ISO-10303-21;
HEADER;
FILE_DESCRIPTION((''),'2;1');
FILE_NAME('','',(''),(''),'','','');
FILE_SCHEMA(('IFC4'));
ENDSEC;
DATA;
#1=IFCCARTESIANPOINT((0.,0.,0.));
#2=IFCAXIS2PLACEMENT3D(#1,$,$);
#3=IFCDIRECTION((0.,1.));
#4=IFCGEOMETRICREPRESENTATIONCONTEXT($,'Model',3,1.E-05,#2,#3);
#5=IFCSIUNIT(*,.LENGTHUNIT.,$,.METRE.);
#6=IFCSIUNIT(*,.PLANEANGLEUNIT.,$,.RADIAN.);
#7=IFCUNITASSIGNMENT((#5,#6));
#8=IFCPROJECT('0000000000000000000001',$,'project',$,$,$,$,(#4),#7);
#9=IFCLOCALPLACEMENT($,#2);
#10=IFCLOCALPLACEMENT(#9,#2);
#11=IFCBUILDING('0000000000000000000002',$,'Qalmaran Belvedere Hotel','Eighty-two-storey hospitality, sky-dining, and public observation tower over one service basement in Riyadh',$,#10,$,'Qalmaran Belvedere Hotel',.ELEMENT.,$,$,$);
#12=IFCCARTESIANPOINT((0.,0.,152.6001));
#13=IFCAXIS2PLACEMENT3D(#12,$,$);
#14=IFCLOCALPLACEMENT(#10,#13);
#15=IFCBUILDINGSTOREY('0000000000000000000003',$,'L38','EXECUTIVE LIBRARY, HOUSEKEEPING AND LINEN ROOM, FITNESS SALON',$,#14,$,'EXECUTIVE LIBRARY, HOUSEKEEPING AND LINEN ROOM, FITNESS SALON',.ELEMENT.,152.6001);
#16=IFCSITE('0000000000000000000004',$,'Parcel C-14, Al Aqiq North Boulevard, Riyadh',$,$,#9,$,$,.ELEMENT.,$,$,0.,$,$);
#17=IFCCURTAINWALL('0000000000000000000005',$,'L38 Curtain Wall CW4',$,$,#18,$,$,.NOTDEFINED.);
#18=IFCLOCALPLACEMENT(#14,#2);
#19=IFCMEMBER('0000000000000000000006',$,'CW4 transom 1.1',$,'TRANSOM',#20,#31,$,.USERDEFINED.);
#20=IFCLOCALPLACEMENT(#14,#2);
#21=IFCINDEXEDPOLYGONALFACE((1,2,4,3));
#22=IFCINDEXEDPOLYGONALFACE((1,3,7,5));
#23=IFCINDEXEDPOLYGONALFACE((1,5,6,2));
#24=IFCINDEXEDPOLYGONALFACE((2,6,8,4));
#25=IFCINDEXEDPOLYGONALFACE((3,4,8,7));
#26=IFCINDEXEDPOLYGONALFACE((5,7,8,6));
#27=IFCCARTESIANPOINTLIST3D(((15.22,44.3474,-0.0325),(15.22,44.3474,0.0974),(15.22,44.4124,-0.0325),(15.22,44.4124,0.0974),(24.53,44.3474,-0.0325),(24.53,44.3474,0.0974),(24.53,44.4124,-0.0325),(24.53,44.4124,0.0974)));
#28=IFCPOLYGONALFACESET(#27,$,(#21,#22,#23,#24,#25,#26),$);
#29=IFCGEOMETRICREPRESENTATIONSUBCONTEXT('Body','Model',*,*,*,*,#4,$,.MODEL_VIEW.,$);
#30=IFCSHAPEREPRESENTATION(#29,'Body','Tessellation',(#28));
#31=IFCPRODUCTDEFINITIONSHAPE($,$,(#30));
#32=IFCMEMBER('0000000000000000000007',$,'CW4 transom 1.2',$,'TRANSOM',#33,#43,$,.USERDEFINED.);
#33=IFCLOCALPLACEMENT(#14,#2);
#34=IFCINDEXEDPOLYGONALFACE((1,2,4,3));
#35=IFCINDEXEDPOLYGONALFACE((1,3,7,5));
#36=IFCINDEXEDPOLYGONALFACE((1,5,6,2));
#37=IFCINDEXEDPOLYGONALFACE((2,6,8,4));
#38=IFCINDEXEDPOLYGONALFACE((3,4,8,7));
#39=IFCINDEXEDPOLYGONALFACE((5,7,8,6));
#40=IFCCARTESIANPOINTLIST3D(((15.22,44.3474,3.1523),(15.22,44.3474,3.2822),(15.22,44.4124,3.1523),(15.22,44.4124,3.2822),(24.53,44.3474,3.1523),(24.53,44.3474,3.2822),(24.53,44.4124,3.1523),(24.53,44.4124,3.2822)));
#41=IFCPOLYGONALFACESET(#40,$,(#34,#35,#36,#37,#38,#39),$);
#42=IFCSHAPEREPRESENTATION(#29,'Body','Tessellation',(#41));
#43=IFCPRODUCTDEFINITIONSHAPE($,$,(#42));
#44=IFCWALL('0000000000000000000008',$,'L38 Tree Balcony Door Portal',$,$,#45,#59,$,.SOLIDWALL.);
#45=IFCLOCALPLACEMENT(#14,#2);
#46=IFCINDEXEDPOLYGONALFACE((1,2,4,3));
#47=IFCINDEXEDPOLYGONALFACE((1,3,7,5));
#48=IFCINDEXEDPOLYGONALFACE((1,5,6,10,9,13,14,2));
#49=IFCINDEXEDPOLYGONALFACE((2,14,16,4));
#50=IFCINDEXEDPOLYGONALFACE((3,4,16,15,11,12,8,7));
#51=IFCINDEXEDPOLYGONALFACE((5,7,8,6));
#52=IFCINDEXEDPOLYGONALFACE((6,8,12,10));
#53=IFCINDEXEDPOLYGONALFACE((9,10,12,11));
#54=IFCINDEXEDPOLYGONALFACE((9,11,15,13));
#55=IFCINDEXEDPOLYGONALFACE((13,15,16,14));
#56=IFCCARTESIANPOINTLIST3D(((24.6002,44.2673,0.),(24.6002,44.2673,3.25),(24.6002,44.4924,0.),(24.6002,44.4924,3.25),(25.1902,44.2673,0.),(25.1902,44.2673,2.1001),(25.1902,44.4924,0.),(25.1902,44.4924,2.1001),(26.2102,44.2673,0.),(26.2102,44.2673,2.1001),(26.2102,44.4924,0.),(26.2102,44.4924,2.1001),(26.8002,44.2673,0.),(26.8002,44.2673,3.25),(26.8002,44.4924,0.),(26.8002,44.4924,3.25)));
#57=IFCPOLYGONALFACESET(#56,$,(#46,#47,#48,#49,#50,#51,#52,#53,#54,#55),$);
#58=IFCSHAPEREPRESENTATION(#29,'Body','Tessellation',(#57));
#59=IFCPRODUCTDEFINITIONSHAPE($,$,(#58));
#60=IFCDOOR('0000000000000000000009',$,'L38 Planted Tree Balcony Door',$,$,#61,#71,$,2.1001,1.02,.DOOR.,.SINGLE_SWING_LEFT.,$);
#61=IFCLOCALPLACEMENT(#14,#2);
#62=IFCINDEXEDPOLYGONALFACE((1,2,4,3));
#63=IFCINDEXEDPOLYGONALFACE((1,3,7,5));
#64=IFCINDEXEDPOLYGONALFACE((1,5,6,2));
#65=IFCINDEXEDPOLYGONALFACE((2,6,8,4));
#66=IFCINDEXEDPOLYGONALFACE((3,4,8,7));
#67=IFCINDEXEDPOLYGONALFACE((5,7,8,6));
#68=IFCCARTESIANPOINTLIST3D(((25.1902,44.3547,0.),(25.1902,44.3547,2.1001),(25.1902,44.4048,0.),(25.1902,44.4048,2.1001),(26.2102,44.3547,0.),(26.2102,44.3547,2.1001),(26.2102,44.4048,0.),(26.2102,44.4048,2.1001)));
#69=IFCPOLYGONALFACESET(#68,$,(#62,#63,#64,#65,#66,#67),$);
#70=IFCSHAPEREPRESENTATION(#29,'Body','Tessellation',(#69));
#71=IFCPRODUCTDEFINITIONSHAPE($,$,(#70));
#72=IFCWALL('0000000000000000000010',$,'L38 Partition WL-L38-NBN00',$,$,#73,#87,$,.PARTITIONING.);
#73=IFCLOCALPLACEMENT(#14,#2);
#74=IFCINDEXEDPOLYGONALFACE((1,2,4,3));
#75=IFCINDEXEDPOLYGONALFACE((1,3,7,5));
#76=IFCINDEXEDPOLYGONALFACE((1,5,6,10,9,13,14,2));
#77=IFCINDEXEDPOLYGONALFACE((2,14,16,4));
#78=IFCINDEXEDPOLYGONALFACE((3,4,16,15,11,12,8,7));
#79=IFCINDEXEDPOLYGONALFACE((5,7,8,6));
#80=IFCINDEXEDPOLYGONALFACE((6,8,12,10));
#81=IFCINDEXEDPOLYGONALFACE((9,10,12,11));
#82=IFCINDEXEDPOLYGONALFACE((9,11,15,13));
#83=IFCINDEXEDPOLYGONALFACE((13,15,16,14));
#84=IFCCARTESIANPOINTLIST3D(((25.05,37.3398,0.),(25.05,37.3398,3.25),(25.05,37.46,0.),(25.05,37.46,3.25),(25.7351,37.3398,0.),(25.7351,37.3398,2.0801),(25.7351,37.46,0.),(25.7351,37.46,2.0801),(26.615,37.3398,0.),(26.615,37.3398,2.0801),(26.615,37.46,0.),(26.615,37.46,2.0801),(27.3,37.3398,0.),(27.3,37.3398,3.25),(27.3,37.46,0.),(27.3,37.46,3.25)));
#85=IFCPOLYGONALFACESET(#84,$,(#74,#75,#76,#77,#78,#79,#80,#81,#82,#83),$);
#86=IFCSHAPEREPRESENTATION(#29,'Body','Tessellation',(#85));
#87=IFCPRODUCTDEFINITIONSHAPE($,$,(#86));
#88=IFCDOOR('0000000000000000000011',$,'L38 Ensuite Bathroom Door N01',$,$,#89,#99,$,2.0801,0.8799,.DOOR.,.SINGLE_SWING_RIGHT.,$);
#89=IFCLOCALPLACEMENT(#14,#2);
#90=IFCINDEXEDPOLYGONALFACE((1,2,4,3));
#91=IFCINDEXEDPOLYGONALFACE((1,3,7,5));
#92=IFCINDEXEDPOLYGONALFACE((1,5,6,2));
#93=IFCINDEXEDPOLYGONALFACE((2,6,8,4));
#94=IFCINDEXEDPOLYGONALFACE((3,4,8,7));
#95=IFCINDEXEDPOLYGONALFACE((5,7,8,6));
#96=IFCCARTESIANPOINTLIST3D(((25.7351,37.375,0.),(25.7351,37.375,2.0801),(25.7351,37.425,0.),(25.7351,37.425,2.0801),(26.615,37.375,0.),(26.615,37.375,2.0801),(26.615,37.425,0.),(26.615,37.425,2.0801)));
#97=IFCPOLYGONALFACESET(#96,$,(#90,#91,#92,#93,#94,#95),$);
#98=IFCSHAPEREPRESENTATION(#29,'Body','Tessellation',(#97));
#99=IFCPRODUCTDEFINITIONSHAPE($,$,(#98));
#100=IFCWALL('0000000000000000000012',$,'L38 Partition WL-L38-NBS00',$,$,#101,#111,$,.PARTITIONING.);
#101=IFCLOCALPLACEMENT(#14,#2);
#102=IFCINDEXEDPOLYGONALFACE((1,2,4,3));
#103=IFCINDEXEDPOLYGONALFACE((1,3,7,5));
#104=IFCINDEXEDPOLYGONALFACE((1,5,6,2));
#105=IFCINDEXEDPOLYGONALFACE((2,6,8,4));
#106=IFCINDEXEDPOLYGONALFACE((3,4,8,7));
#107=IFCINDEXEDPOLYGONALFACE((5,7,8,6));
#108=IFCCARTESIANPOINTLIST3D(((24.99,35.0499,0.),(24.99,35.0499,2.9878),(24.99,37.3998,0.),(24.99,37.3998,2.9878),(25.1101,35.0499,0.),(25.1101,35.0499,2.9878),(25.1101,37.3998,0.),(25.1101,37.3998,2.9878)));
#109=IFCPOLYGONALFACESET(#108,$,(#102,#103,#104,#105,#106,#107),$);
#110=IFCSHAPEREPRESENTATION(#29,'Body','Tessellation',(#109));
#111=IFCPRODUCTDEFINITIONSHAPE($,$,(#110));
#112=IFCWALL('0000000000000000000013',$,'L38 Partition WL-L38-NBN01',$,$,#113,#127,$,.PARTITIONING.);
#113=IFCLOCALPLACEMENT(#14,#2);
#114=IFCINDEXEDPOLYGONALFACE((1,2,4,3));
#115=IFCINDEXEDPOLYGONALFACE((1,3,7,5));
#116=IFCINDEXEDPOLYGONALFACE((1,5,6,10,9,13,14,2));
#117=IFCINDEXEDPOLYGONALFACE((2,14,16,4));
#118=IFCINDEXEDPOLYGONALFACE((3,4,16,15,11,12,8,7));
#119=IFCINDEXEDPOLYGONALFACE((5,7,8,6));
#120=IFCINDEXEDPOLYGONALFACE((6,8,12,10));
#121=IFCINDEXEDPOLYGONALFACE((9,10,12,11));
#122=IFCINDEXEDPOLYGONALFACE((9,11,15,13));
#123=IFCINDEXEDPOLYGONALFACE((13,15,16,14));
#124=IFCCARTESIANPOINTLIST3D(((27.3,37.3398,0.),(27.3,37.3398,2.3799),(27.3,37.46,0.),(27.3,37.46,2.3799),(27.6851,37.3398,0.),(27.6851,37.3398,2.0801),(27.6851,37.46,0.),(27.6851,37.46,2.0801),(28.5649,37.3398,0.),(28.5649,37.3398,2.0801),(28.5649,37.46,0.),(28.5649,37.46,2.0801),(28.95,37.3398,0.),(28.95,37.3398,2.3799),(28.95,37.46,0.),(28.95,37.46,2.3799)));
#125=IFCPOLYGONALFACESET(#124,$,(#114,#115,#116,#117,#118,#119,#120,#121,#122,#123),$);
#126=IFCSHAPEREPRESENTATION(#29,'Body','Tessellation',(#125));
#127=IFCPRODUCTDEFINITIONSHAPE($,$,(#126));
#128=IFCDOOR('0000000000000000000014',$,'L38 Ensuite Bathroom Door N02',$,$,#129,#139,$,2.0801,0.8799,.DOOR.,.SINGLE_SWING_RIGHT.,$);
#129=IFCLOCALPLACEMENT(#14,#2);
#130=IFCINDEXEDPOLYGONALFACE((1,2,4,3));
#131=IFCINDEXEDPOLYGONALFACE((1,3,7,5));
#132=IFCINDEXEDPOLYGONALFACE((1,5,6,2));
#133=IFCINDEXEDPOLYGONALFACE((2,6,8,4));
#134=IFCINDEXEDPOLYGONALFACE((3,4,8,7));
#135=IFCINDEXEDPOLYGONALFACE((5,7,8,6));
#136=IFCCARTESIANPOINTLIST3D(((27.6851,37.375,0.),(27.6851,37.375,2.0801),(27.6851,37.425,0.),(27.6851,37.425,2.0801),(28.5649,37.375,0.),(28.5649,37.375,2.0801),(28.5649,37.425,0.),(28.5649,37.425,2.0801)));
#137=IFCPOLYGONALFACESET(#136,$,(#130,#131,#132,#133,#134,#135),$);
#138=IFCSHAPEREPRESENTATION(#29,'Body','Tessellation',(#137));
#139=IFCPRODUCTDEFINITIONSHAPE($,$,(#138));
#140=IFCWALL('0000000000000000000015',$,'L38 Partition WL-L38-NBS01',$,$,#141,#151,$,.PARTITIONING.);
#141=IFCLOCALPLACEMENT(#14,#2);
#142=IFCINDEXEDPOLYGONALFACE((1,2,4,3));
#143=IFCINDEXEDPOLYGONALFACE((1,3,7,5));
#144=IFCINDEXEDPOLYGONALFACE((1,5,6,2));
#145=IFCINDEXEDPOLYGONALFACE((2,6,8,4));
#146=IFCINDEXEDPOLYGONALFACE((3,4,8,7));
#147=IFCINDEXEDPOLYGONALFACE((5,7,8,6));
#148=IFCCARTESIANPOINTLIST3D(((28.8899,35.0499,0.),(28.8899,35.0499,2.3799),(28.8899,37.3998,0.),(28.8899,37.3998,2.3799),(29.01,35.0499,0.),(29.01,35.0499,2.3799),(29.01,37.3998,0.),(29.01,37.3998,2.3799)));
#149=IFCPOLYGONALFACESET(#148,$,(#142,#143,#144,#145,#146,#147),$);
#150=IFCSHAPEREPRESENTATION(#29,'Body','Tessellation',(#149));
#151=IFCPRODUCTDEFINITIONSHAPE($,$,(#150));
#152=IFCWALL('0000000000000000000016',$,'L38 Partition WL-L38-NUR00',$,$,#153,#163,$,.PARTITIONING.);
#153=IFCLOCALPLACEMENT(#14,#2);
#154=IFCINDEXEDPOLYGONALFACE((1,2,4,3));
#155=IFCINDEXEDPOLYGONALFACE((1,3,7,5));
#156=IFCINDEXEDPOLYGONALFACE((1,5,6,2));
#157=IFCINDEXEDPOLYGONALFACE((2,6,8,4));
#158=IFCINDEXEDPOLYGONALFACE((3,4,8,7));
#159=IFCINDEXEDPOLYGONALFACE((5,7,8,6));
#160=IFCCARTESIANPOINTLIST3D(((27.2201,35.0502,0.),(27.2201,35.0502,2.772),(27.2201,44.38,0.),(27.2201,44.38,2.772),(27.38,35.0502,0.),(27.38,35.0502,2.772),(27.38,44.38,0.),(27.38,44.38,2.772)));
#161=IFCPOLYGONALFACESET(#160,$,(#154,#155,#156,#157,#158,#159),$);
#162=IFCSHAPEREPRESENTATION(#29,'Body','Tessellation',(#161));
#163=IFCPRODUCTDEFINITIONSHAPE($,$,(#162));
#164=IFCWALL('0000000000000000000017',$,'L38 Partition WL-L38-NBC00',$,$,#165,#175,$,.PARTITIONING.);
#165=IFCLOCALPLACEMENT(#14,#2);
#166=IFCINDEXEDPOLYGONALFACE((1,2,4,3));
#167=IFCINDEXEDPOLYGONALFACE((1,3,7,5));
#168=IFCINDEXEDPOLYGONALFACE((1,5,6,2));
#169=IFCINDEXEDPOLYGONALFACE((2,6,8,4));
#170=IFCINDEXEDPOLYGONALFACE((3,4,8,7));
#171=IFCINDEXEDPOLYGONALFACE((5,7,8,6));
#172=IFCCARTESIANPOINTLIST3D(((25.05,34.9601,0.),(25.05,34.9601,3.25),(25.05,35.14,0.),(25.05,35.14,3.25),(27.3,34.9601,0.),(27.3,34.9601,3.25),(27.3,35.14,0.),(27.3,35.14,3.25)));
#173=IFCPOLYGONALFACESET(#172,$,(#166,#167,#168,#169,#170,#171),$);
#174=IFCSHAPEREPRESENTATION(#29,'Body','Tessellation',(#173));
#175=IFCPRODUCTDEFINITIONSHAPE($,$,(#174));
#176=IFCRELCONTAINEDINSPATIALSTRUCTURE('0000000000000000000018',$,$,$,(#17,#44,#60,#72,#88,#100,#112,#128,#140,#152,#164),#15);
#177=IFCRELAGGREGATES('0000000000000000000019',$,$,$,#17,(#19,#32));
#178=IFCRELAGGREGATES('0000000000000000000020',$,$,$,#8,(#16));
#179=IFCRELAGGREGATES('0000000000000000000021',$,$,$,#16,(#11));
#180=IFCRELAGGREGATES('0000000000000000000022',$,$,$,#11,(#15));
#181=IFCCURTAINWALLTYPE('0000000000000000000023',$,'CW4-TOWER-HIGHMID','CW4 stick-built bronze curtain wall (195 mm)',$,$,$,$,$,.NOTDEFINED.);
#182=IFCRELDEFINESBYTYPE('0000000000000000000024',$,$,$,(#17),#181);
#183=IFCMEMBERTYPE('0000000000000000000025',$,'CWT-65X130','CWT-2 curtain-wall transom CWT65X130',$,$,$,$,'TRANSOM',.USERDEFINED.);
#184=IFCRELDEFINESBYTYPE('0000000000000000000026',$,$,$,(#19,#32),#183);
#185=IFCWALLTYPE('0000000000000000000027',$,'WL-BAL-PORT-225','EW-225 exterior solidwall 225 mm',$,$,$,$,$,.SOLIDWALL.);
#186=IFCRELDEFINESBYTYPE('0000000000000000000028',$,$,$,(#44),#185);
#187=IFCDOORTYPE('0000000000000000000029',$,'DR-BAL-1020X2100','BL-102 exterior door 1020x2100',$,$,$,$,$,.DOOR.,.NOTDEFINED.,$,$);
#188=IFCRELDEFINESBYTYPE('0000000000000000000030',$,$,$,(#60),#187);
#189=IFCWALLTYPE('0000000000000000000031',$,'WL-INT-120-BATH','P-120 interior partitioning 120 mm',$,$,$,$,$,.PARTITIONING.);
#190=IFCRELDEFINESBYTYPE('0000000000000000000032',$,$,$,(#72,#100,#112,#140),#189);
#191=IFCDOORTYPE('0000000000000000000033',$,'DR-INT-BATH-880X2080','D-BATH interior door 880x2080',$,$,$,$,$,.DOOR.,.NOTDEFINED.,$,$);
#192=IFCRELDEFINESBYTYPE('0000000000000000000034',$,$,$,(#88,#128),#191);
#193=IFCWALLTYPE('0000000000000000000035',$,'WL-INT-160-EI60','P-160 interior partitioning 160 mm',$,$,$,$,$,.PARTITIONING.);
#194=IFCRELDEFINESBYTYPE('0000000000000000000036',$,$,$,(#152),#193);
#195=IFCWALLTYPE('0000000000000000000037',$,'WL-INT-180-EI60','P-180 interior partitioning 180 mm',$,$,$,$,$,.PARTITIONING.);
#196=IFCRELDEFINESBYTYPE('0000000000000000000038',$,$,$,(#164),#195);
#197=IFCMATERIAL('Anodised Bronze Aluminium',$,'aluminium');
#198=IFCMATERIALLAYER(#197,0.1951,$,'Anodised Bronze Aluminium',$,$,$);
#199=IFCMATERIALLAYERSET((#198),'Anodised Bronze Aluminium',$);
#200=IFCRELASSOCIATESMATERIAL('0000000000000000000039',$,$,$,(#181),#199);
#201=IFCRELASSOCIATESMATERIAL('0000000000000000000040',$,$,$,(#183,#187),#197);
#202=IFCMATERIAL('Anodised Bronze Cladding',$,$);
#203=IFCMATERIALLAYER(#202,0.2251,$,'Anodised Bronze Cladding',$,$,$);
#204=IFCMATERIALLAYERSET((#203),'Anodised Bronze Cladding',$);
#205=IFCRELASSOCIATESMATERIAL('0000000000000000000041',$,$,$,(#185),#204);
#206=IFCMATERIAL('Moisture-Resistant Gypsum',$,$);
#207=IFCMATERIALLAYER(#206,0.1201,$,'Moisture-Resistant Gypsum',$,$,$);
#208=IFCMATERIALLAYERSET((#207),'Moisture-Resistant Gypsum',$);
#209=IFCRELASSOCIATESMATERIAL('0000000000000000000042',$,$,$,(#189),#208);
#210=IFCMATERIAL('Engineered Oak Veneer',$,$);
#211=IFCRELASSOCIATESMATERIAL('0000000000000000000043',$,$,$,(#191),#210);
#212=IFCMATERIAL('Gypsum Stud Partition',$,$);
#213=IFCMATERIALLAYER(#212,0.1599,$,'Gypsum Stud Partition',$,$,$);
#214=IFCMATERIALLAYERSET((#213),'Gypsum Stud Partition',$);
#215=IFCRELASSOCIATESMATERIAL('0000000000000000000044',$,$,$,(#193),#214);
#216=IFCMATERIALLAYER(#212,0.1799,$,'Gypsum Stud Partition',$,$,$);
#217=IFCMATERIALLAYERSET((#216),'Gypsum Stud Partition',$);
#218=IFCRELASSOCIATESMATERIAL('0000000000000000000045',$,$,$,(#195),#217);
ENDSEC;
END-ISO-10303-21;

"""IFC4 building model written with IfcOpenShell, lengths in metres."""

from ifc_helpers import new_model, si_unit, direction, frame, frame_2d, origin, origin_2d, place, context, subcontext, project, spatial, rectangle, extrude, material, layer, layer_set, material_profile, profile_set, type_object, element, fill, aggregate, save


model = new_model("IFC4")

# Units and contexts
model_context = context("Model", 3, precision=1e-05, world=origin(), true_north=direction((0.0, 1.0)))
body_context = subcontext(model_context, "Body", "Model", "MODEL_VIEW")
ifc_project = project(units=[si_unit("LENGTHUNIT", "METRE"), si_unit("PLANEANGLEUNIT", "RADIAN")], contexts=[model_context])

# Site, building, storey
site_placement = place(None, origin())
site = spatial("IfcSite", under=ifc_project, at=site_placement, Name="Parcel C-14, Al Aqiq North Boulevard, Riyadh", CompositionType="ELEMENT", RefElevation=0.0)
building_placement = place(site_placement, origin())
building = spatial("IfcBuilding", under=site, at=building_placement, Name="Qalmaran Belvedere Hotel", Description="Eighty-two-storey hospitality, sky-dining, and public observation tower over one service basement in Riyadh", LongName="Qalmaran Belvedere Hotel", CompositionType="ELEMENT")
storey_placement = place(building_placement, frame((0.0, 0.0, 152.6001)))
storey = spatial("IfcBuildingStorey", under=building, at=storey_placement, Name="L38", Description="EXECUTIVE LIBRARY, HOUSEKEEPING AND LINEN ROOM, FITNESS SALON", LongName="EXECUTIVE LIBRARY, HOUSEKEEPING AND LINEN ROOM, FITNESS SALON", CompositionType="ELEMENT", Elevation=152.6001)

# Curtain wall
ifc_material_1 = material(Name="Anodised Bronze Aluminium", Category="aluminium")
ifc_layer_1 = layer(ifc_material_1, 0.1951, Name="Anodised Bronze Aluminium")
ifc_layer_set_1 = layer_set([ifc_layer_1], Name="Anodised Bronze Aluminium")
curtain_wall_type = type_object("IfcCurtainWallType", Name="CW4-TOWER-HIGHMID", Description="CW4 stick-built bronze curtain wall (195 mm)", PredefinedType="NOTDEFINED", material=ifc_layer_set_1)
curtain_wall_1_placement = place(storey_placement, origin())
curtain_wall_1 = element("IfcCurtainWall", 1, at=curtain_wall_1_placement, inside=storey, type_object=curtain_wall_type, Name="L38 Curtain Wall CW4", PredefinedType="NOTDEFINED")

# Members
ifc_material_profile_1 = material_profile(ifc_material_1, rectangle(XDim=0.0649, YDim=0.1299, at=origin_2d()), Name="CWT65X130")
ifc_profile_set_1 = profile_set([ifc_material_profile_1], Name="Anodised Bronze Aluminium")
member_type_1 = type_object("IfcMemberType", Name="CWT-65X130", Description="CWT-2 curtain-wall transom CWT65X130", ElementType="TRANSOM", PredefinedType="USERDEFINED", material=ifc_profile_set_1)
member_1_placement = place(storey_placement, frame((24.53, 44.3799, 0.0325), z_axis=(-1.0, 0.0, 0.0), x_axis=(0.0, -1.0, 0.0)))
member_1 = element("IfcMember", 2, at=member_1_placement, type_object=member_type_1, Name="CW4 transom 1.1", ObjectType="TRANSOM", PredefinedType="USERDEFINED", context=body_context, shape_type="SweptSolid", body=[
    extrude(rectangle(XDim=0.0649, YDim=0.1299, at=origin_2d()), origin(), (0.0, 0.0, 1.0), 9.3101),
])
member_2_placement = place(storey_placement, frame((24.53, 44.3799, 3.2173), z_axis=(-1.0, 0.0, 0.0), x_axis=(0.0, -1.0, 0.0)))
member_2 = element("IfcMember", 3, at=member_2_placement, type_object=member_type_1, Name="CW4 transom 1.2", ObjectType="TRANSOM", PredefinedType="USERDEFINED", context=body_context, shape_type="SweptSolid", body=[
    extrude(rectangle(XDim=0.0649, YDim=0.1299, at=origin_2d()), origin(), (0.0, 0.0, 1.0), 9.3101),
])
aggregate(curtain_wall_1, [member_1, member_2])

# Walls, openings, doors
ifc_material_2 = material(Name="Anodised Bronze Cladding")
ifc_layer_2 = layer(ifc_material_2, 0.2251, Name="Anodised Bronze Cladding")
ifc_layer_set_2 = layer_set([ifc_layer_2], Name="Anodised Bronze Cladding")
wall_type_1 = type_object("IfcWallType", Name="WL-BAL-PORT-225", Description="EW-225 exterior solidwall 225 mm", PredefinedType="SOLIDWALL", material=ifc_layer_set_2)
wall_1_placement = place(storey_placement, frame((24.6001, 44.3799, 0.0), z_axis=(0.0, 0.0, 1.0), x_axis=(1.0, 0.0, 0.0)))
wall_1 = element("IfcWall", 4, at=wall_1_placement, inside=storey, type_object=wall_type_1, Name="L38 Tree Balcony Door Portal", PredefinedType="SOLIDWALL", context=body_context, shape_type="SweptSolid", body=[
    extrude(rectangle(XDim=2.2, YDim=0.2251, at=frame_2d((1.1001, 0.0))), origin(), (0.0, 0.0, 1.0), 3.25),
])
opening_1_placement = place(wall_1_placement, frame((0.5901, 0.0, 0.0)))
opening_1 = element("IfcOpeningElement", 5, at=opening_1_placement, cuts=wall_1, PredefinedType="OPENING", context=body_context, shape_type="SweptSolid", body=[
    extrude(rectangle(XDim=1.02, YDim=2.1001, at=frame_2d((0.51, 1.05))), frame((0.0, 0.1226, 0.0), z_axis=(0.0, -1.0, 0.0), x_axis=(1.0, 0.0, 0.0)), (0.0, 0.0, 1.0), 0.2451),
])
door_type_1 = type_object("IfcDoorType", Name="DR-BAL-1020X2100", Description="BL-102 exterior door 1020x2100", OperationType="NOTDEFINED", PredefinedType="DOOR", material=ifc_material_1)
door_1_placement = place(opening_1_placement, origin())
door_1 = element("IfcDoor", 6, at=door_1_placement, inside=storey, type_object=door_type_1, Name="L38 Planted Tree Balcony Door", OperationType="SINGLE_SWING_LEFT", OverallHeight=2.1001, OverallWidth=1.02, PredefinedType="DOOR", context=body_context, shape_type="SweptSolid", body=[
    extrude(rectangle(XDim=1.02, YDim=2.1001, at=frame_2d((0.51, 1.05))), frame((0.0, 0.0249, 0.0), z_axis=(0.0, -1.0, 0.0), x_axis=(1.0, 0.0, 0.0)), (0.0, 0.0, 1.0), 0.05),
])
fill(opening_1, door_1)
ifc_material_3 = material(Name="Moisture-Resistant Gypsum")
ifc_layer_3 = layer(ifc_material_3, 0.1201, Name="Moisture-Resistant Gypsum")
ifc_layer_set_3 = layer_set([ifc_layer_3], Name="Moisture-Resistant Gypsum")
wall_type_2 = type_object("IfcWallType", Name="WL-INT-120-BATH", Description="P-120 interior partitioning 120 mm", PredefinedType="PARTITIONING", material=ifc_layer_set_3)
wall_2_placement = place(storey_placement, frame((25.05, 37.3999, 0.0), z_axis=(0.0, 0.0, 1.0), x_axis=(1.0, 0.0, 0.0)))
wall_2 = element("IfcWall", 7, at=wall_2_placement, inside=storey, type_object=wall_type_2, Name="L38 Partition WL-L38-NBN00", PredefinedType="PARTITIONING", context=body_context, shape_type="SweptSolid", body=[
    extrude(rectangle(XDim=2.25, YDim=0.1201, at=frame_2d((1.125, 0.0))), origin(), (0.0, 0.0, 1.0), 3.25),
])
opening_2_placement = place(wall_2_placement, frame((1.5649, 0.0, 0.0), z_axis=(0.0, 0.0, 1.0), x_axis=(-1.0, 0.0, 0.0)))
opening_2 = element("IfcOpeningElement", 8, at=opening_2_placement, cuts=wall_2, PredefinedType="OPENING", context=body_context, shape_type="SweptSolid", body=[
    extrude(rectangle(XDim=0.8799, YDim=2.0801, at=frame_2d((0.4399, 1.04))), frame((0.0, 0.0701, 0.0), z_axis=(0.0, -1.0, 0.0), x_axis=(1.0, 0.0, 0.0)), (0.0, 0.0, 1.0), 0.1401),
])
ifc_material_4 = material(Name="Engineered Oak Veneer")
door_type_2 = type_object("IfcDoorType", Name="DR-INT-BATH-880X2080", Description="D-BATH interior door 880x2080", OperationType="NOTDEFINED", PredefinedType="DOOR", material=ifc_material_4)
door_2_placement = place(opening_2_placement, origin())
door_2 = element("IfcDoor", 9, at=door_2_placement, inside=storey, type_object=door_type_2, Name="L38 Ensuite Bathroom Door N01", OperationType="SINGLE_SWING_RIGHT", OverallHeight=2.0801, OverallWidth=0.8799, PredefinedType="DOOR", context=body_context, shape_type="SweptSolid", body=[
    extrude(rectangle(XDim=0.8799, YDim=2.0801, at=frame_2d((0.4399, 1.04))), frame((0.0, 0.0249, 0.0), z_axis=(0.0, -1.0, 0.0), x_axis=(1.0, 0.0, 0.0)), (0.0, 0.0, 1.0), 0.05),
])
fill(opening_2, door_2)

# Wall
wall_3_placement = place(storey_placement, frame((25.05, 35.05, 0.0), z_axis=(0.0, 0.0, 1.0), x_axis=(0.0, 1.0, 0.0)))
element("IfcWall", 10, at=wall_3_placement, inside=storey, type_object=wall_type_2, Name="L38 Partition WL-L38-NBS00", PredefinedType="PARTITIONING", context=body_context, shape_type="SweptSolid", body=[
    extrude(rectangle(XDim=2.3499, YDim=0.1201, at=frame_2d((1.1748, 0.0))), origin(), (0.0, 0.0, 1.0), 2.9878),
])

# Wall, opening, door
wall_4_placement = place(storey_placement, frame((27.3, 37.3999, 0.0), z_axis=(0.0, 0.0, 1.0), x_axis=(1.0, 0.0, 0.0)))
wall_4 = element("IfcWall", 11, at=wall_4_placement, inside=storey, type_object=wall_type_2, Name="L38 Partition WL-L38-NBN01", PredefinedType="PARTITIONING", context=body_context, shape_type="SweptSolid", body=[
    extrude(rectangle(XDim=1.6499, YDim=0.1201, at=frame_2d((0.825, 0.0))), origin(), (0.0, 0.0, 1.0), 2.3799),
])
opening_3_placement = place(wall_4_placement, frame((1.2649, 0.0, 0.0), z_axis=(0.0, 0.0, 1.0), x_axis=(-1.0, 0.0, 0.0)))
opening_3 = element("IfcOpeningElement", 12, at=opening_3_placement, cuts=wall_4, PredefinedType="OPENING", context=body_context, shape_type="SweptSolid", body=[
    extrude(rectangle(XDim=0.8799, YDim=2.0801, at=frame_2d((0.4399, 1.04))), frame((0.0, 0.0701, 0.0), z_axis=(0.0, -1.0, 0.0), x_axis=(1.0, 0.0, 0.0)), (0.0, 0.0, 1.0), 0.1401),
])
door_3_placement = place(opening_3_placement, origin())
door_3 = element("IfcDoor", 13, at=door_3_placement, inside=storey, type_object=door_type_2, Name="L38 Ensuite Bathroom Door N02", OperationType="SINGLE_SWING_RIGHT", OverallHeight=2.0801, OverallWidth=0.8799, PredefinedType="DOOR", context=body_context, shape_type="SweptSolid", body=[
    extrude(rectangle(XDim=0.8799, YDim=2.0801, at=frame_2d((0.4399, 1.04))), frame((0.0, 0.0249, 0.0), z_axis=(0.0, -1.0, 0.0), x_axis=(1.0, 0.0, 0.0)), (0.0, 0.0, 1.0), 0.05),
])
fill(opening_3, door_3)

# Walls
wall_5_placement = place(storey_placement, frame((28.95, 35.05, 0.0), z_axis=(0.0, 0.0, 1.0), x_axis=(0.0, 1.0, 0.0)))
element("IfcWall", 14, at=wall_5_placement, inside=storey, type_object=wall_type_2, Name="L38 Partition WL-L38-NBS01", PredefinedType="PARTITIONING", context=body_context, shape_type="SweptSolid", body=[
    extrude(rectangle(XDim=2.3499, YDim=0.1201, at=frame_2d((1.1748, 0.0))), origin(), (0.0, 0.0, 1.0), 2.3799),
])
ifc_material_5 = material(Name="Gypsum Stud Partition")
ifc_layer_4 = layer(ifc_material_5, 0.1599, Name="Gypsum Stud Partition")
ifc_layer_set_4 = layer_set([ifc_layer_4], Name="Gypsum Stud Partition")
wall_type_3 = type_object("IfcWallType", Name="WL-INT-160-EI60", Description="P-160 interior partitioning 160 mm", PredefinedType="PARTITIONING", material=ifc_layer_set_4)
wall_6_placement = place(storey_placement, frame((27.3, 35.05, 0.0), z_axis=(0.0, 0.0, 1.0), x_axis=(0.0, 1.0, 0.0)))
element("IfcWall", 15, at=wall_6_placement, inside=storey, type_object=wall_type_3, Name="L38 Partition WL-L38-NUR00", PredefinedType="PARTITIONING", context=body_context, shape_type="SweptSolid", body=[
    extrude(rectangle(XDim=9.3298, YDim=0.1599, at=frame_2d((4.665, 0.0))), origin(), (0.0, 0.0, 1.0), 2.772),
])
ifc_layer_5 = layer(ifc_material_5, 0.1799, Name="Gypsum Stud Partition")
ifc_layer_set_5 = layer_set([ifc_layer_5], Name="Gypsum Stud Partition")
wall_type_4 = type_object("IfcWallType", Name="WL-INT-180-EI60", Description="P-180 interior partitioning 180 mm", PredefinedType="PARTITIONING", material=ifc_layer_set_5)
wall_7_placement = place(storey_placement, frame((25.05, 35.05, 0.0), z_axis=(0.0, 0.0, 1.0), x_axis=(1.0, 0.0, 0.0)))
element("IfcWall", 16, at=wall_7_placement, inside=storey, type_object=wall_type_4, Name="L38 Partition WL-L38-NBC00", PredefinedType="PARTITIONING", context=body_context, shape_type="SweptSolid", body=[
    extrude(rectangle(XDim=2.25, YDim=0.1799, at=frame_2d((1.125, 0.0))), origin(), (0.0, 0.0, 1.0), 3.25),
])

save(model, "model.ifc")
